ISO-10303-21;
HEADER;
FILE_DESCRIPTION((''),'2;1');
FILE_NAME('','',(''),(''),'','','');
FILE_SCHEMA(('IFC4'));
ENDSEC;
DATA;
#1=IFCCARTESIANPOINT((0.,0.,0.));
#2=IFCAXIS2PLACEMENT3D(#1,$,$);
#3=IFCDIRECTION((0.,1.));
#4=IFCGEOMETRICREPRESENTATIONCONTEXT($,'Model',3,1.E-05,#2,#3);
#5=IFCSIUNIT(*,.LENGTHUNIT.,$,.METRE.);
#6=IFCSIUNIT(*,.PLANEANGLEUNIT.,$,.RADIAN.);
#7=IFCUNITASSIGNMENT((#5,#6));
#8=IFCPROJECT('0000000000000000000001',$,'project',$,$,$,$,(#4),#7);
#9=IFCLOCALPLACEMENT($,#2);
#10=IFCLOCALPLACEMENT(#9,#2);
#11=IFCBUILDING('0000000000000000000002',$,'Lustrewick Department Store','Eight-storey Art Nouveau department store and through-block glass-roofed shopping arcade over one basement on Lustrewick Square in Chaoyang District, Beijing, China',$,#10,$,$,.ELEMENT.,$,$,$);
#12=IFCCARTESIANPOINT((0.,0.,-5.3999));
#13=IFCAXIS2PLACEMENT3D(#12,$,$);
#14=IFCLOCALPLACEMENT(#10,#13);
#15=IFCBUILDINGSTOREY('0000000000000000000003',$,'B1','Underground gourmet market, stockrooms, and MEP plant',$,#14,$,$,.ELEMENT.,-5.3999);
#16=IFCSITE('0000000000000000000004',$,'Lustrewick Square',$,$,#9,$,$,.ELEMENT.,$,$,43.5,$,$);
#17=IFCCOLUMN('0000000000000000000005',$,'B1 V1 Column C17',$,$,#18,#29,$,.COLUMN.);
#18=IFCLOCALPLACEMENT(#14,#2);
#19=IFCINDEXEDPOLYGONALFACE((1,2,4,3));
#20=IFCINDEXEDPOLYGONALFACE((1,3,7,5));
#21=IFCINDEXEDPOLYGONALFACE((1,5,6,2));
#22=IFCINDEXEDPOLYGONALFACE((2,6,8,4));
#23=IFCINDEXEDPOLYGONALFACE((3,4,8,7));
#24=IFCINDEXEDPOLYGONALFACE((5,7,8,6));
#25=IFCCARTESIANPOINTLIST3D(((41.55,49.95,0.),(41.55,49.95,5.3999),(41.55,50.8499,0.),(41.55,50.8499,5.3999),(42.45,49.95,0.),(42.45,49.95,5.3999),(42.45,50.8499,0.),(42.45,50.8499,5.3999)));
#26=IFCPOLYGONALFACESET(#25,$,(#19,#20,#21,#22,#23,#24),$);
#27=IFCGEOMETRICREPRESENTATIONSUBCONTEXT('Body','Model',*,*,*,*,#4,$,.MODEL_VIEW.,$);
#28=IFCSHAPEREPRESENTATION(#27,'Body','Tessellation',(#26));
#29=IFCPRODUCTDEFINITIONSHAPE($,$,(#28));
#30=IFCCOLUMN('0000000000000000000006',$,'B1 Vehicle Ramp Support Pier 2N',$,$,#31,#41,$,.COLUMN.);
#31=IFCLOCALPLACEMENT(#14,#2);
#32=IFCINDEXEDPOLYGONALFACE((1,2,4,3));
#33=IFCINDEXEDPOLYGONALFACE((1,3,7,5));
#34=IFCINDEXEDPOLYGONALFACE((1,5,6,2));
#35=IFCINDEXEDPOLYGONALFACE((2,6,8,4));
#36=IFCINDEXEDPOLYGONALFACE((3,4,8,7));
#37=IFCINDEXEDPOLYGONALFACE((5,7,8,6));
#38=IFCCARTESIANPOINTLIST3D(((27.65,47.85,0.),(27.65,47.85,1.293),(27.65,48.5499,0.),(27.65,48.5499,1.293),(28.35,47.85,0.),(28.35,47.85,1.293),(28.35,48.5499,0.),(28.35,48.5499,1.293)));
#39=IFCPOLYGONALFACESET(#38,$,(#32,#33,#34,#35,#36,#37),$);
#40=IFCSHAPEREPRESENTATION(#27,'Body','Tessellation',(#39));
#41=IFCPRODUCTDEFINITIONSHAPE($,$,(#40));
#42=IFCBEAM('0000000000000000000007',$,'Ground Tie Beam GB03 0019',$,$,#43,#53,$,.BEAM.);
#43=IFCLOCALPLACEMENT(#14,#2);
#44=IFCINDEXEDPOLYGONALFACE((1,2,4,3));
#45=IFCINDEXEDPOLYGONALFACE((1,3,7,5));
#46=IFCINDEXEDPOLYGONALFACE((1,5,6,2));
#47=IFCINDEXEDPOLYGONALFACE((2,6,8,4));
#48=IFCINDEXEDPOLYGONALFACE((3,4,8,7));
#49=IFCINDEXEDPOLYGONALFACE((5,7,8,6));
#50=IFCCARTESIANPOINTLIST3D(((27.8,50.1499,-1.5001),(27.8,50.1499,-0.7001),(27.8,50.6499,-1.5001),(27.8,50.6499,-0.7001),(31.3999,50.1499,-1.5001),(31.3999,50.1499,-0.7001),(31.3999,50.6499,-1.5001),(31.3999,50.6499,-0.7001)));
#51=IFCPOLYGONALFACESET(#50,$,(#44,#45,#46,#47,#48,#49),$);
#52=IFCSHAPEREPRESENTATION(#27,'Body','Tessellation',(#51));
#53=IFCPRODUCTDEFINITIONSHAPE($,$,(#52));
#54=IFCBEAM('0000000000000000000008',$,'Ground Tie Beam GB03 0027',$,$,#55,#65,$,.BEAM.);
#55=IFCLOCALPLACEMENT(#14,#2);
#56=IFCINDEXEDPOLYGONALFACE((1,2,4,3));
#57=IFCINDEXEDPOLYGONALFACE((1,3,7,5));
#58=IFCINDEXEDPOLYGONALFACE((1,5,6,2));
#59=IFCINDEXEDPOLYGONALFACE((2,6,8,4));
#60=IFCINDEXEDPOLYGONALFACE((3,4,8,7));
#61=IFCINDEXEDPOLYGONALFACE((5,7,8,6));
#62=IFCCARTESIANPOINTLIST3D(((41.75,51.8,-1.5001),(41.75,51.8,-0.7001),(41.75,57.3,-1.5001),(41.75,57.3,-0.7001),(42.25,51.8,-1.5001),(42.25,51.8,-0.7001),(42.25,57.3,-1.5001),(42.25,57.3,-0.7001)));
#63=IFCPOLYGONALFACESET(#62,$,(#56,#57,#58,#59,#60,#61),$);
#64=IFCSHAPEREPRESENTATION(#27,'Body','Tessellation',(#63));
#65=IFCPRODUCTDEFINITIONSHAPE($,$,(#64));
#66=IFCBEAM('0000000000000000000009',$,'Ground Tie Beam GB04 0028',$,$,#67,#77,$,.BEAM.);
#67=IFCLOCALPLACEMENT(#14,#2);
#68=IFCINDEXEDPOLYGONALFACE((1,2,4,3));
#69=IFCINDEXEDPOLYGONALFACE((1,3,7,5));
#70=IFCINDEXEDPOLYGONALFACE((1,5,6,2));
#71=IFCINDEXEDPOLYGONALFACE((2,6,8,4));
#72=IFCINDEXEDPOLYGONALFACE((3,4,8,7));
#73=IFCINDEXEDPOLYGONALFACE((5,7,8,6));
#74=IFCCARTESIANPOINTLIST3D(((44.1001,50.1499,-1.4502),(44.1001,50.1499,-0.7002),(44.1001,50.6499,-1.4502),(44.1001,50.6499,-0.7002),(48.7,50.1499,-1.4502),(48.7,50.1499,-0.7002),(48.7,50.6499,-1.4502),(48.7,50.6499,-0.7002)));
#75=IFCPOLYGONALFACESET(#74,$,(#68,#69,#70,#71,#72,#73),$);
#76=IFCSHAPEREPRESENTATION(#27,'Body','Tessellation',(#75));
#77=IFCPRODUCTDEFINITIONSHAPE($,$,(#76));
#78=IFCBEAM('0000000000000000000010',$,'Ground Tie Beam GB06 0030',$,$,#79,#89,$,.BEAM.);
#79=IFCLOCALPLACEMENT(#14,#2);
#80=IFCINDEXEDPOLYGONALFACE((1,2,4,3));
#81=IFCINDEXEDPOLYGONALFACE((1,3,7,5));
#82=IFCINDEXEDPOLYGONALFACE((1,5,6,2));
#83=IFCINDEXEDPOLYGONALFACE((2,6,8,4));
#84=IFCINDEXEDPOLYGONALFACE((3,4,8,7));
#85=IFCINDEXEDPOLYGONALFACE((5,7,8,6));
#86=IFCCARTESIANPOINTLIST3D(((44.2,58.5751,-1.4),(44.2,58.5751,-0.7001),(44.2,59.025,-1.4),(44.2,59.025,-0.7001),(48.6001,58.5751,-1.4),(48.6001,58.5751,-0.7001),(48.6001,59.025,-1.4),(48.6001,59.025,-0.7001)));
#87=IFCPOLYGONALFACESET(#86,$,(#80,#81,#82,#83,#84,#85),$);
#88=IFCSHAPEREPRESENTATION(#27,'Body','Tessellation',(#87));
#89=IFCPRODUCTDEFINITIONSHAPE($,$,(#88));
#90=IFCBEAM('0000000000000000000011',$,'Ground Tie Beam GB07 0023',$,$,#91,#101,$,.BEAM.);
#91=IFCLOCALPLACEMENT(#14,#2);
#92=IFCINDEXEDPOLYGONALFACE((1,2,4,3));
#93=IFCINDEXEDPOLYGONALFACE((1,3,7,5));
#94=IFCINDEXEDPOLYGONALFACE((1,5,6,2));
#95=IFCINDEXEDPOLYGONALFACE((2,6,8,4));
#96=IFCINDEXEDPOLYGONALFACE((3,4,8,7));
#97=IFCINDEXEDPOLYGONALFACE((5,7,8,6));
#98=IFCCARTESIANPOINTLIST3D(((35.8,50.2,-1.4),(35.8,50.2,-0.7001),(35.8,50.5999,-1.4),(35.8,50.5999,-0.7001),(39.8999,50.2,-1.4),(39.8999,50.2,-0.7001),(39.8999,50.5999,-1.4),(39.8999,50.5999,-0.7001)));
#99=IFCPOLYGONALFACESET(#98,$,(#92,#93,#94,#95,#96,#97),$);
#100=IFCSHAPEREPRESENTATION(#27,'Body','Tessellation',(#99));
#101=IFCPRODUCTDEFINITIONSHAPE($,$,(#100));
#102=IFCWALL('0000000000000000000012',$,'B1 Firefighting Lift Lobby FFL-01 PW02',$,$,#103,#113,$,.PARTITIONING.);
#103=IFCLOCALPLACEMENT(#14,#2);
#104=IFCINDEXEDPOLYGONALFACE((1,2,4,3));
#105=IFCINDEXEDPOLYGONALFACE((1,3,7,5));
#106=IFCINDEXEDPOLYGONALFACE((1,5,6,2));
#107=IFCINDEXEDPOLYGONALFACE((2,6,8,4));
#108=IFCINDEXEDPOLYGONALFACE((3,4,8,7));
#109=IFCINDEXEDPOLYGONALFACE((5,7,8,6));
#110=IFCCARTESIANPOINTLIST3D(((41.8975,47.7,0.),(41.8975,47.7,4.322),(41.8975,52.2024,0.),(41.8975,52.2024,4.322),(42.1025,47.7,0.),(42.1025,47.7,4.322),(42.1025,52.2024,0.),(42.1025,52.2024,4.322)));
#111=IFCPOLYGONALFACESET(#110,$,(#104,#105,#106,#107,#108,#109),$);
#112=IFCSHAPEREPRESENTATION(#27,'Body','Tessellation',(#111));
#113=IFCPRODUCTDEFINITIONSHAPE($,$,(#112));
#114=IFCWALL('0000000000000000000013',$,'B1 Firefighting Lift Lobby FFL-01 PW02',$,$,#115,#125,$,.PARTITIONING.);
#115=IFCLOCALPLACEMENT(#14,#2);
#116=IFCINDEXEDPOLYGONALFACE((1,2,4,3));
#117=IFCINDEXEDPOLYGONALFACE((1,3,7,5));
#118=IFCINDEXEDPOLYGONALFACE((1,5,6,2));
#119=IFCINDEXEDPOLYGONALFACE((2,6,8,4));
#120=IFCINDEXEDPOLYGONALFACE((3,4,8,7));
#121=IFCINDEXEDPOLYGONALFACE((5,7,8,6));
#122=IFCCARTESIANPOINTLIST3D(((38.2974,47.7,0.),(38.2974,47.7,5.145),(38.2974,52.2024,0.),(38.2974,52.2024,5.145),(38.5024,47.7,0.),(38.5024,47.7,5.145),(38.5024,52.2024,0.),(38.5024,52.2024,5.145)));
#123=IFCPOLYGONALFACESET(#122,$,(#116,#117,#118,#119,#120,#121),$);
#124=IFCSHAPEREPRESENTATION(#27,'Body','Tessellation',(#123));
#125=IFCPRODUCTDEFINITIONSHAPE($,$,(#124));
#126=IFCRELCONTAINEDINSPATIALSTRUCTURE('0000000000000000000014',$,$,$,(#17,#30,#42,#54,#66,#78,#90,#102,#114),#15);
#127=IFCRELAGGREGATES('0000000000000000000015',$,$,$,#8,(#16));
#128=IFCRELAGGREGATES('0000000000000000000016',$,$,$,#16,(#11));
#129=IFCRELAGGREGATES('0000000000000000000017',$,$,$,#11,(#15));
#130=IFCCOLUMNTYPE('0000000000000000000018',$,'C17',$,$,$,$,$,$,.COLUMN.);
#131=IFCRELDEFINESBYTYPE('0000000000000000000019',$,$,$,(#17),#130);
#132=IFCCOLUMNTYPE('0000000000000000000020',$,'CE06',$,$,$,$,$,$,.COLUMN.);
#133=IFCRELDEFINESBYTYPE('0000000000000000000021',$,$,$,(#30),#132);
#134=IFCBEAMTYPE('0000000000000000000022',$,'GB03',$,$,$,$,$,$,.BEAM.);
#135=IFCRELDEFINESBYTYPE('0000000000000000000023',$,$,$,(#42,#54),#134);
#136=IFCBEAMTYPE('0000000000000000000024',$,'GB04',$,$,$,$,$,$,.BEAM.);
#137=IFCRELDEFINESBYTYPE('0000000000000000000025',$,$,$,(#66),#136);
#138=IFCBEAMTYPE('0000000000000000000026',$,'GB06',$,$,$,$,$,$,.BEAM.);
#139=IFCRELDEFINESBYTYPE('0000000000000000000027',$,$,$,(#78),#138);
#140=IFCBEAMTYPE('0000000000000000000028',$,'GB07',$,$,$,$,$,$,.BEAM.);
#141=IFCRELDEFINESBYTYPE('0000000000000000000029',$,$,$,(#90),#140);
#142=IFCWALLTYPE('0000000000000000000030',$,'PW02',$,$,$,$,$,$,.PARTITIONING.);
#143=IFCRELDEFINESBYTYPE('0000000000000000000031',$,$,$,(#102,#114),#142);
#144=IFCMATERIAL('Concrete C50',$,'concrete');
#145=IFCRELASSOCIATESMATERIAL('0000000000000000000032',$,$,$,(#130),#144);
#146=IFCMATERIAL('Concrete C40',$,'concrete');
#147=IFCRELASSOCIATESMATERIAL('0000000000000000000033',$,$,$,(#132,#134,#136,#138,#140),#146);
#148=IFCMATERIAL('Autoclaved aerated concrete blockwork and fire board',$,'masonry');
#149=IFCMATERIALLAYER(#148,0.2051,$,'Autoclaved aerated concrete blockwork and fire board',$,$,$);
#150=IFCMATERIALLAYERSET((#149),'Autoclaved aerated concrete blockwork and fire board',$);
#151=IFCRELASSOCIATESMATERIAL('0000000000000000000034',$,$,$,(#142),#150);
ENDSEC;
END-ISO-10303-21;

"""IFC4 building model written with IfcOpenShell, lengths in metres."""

from ifc_helpers import new_model, si_unit, direction, frame, frame_2d, origin, origin_2d, place, context, subcontext, project, spatial, rectangle, extrude, material, layer, layer_set, material_profile, profile_set, type_object, element, save


model = new_model("IFC4")

# Units and contexts
model_context = context("Model", 3, precision=1e-05, world=origin(), true_north=direction((0.0, 1.0)))
body_context = subcontext(model_context, "Body", "Model", "MODEL_VIEW")
ifc_project = project(units=[si_unit("LENGTHUNIT", "METRE"), si_unit("PLANEANGLEUNIT", "RADIAN")], contexts=[model_context])

# Site, building, storey
site_placement = place(None, origin())
site = spatial("IfcSite", under=ifc_project, at=site_placement, Name="Lustrewick Square", CompositionType="ELEMENT", RefElevation=43.5)
building_placement = place(site_placement, origin())
building = spatial("IfcBuilding", under=site, at=building_placement, Name="Lustrewick Department Store", Description="Eight-storey Art Nouveau department store and through-block glass-roofed shopping arcade over one basement on Lustrewick Square in Chaoyang District, Beijing, China", CompositionType="ELEMENT")
storey_placement = place(building_placement, frame((0.0, 0.0, -5.3999)))
storey = spatial("IfcBuildingStorey", under=building, at=storey_placement, Name="B1", Description="Underground gourmet market, stockrooms, and MEP plant", CompositionType="ELEMENT", Elevation=-5.3999)

# Shared definitions
ifc_material_1 = material(Name="Concrete C40", Category="concrete")

# Columns
ifc_material_2 = material(Name="Concrete C50", Category="concrete")
ifc_material_profile_1 = material_profile(ifc_material_2, rectangle(XDim=0.8999, YDim=0.8999, at=origin_2d()), Name="RC 900x900")
ifc_profile_set_1 = profile_set([ifc_material_profile_1], Name="Concrete C50")
column_type_1 = type_object("IfcColumnType", Name="C17", PredefinedType="COLUMN", material=ifc_profile_set_1)
for number, where, z_axis, x_axis, name in (
    (1, (42.0, 50.3999, 0.0), (0.0, 0.0, 1.0), (1.0, 0.0, 0.0), "B1 V1 Column C17"),
):
    element("IfcColumn", number, at=place(storey_placement, frame(where, z_axis=z_axis, x_axis=x_axis)), inside=storey, type_object=column_type_1, Name=name, PredefinedType="COLUMN", context=body_context, shape_type="SweptSolid", body=[
        extrude(rectangle(XDim=0.8999, YDim=0.8999, at=origin_2d()), origin(), (0.0, 0.0, 1.0), 5.3999),
    ])
ifc_material_profile_2 = material_profile(ifc_material_1, rectangle(XDim=0.7, YDim=0.7, at=origin_2d()), Name="RC 700x700")
ifc_profile_set_2 = profile_set([ifc_material_profile_2], Name="Concrete C40")
column_type_2 = type_object("IfcColumnType", Name="CE06", PredefinedType="COLUMN", material=ifc_profile_set_2)
column_1_placement = place(storey_placement, frame((28.0, 48.2, 0.0), z_axis=(0.0, 0.0, 1.0), x_axis=(1.0, 0.0, 0.0)))
element("IfcColumn", 2, at=column_1_placement, inside=storey, type_object=column_type_2, Name="B1 Vehicle Ramp Support Pier 2N", PredefinedType="COLUMN", context=body_context, shape_type="SweptSolid", body=[
    extrude(rectangle(XDim=0.7, YDim=0.7, at=origin_2d()), origin(), (0.0, 0.0, 1.0), 1.293),
])

# Beams
ifc_material_profile_3 = material_profile(ifc_material_1, rectangle(XDim=0.5, YDim=0.8, at=origin_2d()), Name="RC 500x800")
ifc_profile_set_3 = profile_set([ifc_material_profile_3], Name="Concrete C40")
beam_type_1 = type_object("IfcBeamType", Name="GB03", PredefinedType="BEAM", material=ifc_profile_set_3)
beam_1_placement = place(storey_placement, frame((27.8, 50.3999, -1.1001), z_axis=(1.0, 0.0, 0.0), x_axis=(0.0, 1.0, 0.0)))
element("IfcBeam", 3, at=beam_1_placement, inside=storey, type_object=beam_type_1, Name="Ground Tie Beam GB03 0019", PredefinedType="BEAM", context=body_context, shape_type="SweptSolid", body=[
    extrude(rectangle(XDim=0.5, YDim=0.8, at=origin_2d()), origin(), (0.0, 0.0, 1.0), 3.5999),
])
beam_2_placement = place(storey_placement, frame((42.0, 51.8, -1.1001), z_axis=(0.0, 1.0, 0.0), x_axis=(-1.0, 0.0, 0.0)))
element("IfcBeam", 4, at=beam_2_placement, inside=storey, type_object=beam_type_1, Name="Ground Tie Beam GB03 0027", PredefinedType="BEAM", context=body_context, shape_type="SweptSolid", body=[
    extrude(rectangle(XDim=0.5, YDim=0.8, at=origin_2d()), origin(), (0.0, 0.0, 1.0), 5.5),
])
ifc_material_profile_4 = material_profile(ifc_material_1, rectangle(XDim=0.5, YDim=0.75, at=origin_2d()), Name="RC 500x750")
ifc_profile_set_4 = profile_set([ifc_material_profile_4], Name="Concrete C40")
beam_type_2 = type_object("IfcBeamType", Name="GB04", PredefinedType="BEAM", material=ifc_profile_set_4)
beam_3_placement = place(storey_placement, frame((44.1001, 50.3999, -1.0752), z_axis=(1.0, 0.0, 0.0), x_axis=(0.0, 1.0, 0.0)))
element("IfcBeam", 5, at=beam_3_placement, inside=storey, type_object=beam_type_2, Name="Ground Tie Beam GB04 0028", PredefinedType="BEAM", context=body_context, shape_type="SweptSolid", body=[
    extrude(rectangle(XDim=0.5, YDim=0.75, at=origin_2d()), origin(), (0.0, 0.0, 1.0), 4.5999),
])
ifc_material_profile_5 = material_profile(ifc_material_1, rectangle(XDim=0.45, YDim=0.7, at=origin_2d()), Name="RC 450x700")
ifc_profile_set_5 = profile_set([ifc_material_profile_5], Name="Concrete C40")
beam_type_3 = type_object("IfcBeamType", Name="GB06", PredefinedType="BEAM", material=ifc_profile_set_5)
beam_4_placement = place(storey_placement, frame((44.2, 58.8, -1.05), z_axis=(1.0, 0.0, 0.0), x_axis=(0.0, 1.0, 0.0)))
element("IfcBeam", 6, at=beam_4_placement, inside=storey, type_object=beam_type_3, Name="Ground Tie Beam GB06 0030", PredefinedType="BEAM", context=body_context, shape_type="SweptSolid", body=[
    extrude(rectangle(XDim=0.45, YDim=0.7, at=origin_2d()), origin(), (0.0, 0.0, 1.0), 4.4001),
])
ifc_material_profile_6 = material_profile(ifc_material_1, rectangle(XDim=0.3999, YDim=0.7, at=origin_2d()), Name="RC 400x700")
ifc_profile_set_6 = profile_set([ifc_material_profile_6], Name="Concrete C40")
beam_type_4 = type_object("IfcBeamType", Name="GB07", PredefinedType="BEAM", material=ifc_profile_set_6)
beam_5_placement = place(storey_placement, frame((35.8, 50.3999, -1.05), z_axis=(1.0, 0.0, 0.0), x_axis=(0.0, 1.0, 0.0)))
element("IfcBeam", 7, at=beam_5_placement, inside=storey, type_object=beam_type_4, Name="Ground Tie Beam GB07 0023", PredefinedType="BEAM", context=body_context, shape_type="SweptSolid", body=[
    extrude(rectangle(XDim=0.3999, YDim=0.7, at=origin_2d()), origin(), (0.0, 0.0, 1.0), 4.0999),
])

# Shared definitions
ifc_material_3 = material(Name="Autoclaved aerated concrete blockwork and fire board", Category="masonry")
ifc_layer = layer(ifc_material_3, 0.2051, Name="Autoclaved aerated concrete blockwork and fire board")
ifc_layer_set = layer_set([ifc_layer], Name="Autoclaved aerated concrete blockwork and fire board")
wall_type = type_object("IfcWallType", Name="PW02", PredefinedType="PARTITIONING", material=ifc_layer_set)

# Walls
wall_1_placement = place(storey_placement, frame((42.0, 47.7, 0.0), z_axis=(0.0, 0.0, 1.0), x_axis=(0.0, 1.0, 0.0)))
element("IfcWall", 8, at=wall_1_placement, inside=storey, type_object=wall_type, Name="B1 Firefighting Lift Lobby FFL-01 PW02", PredefinedType="PARTITIONING", context=body_context, shape_type="SweptSolid", body=[
    extrude(rectangle(XDim=4.5024, YDim=0.2051, at=frame_2d((2.2512, 0.0))), origin(), (0.0, 0.0, 1.0), 4.322),
])
wall_2_placement = place(storey_placement, frame((38.3999, 52.2024, 0.0), z_axis=(0.0, 0.0, 1.0), x_axis=(0.0, -1.0, 0.0)))
element("IfcWall", 9, at=wall_2_placement, inside=storey, type_object=wall_type, Name="B1 Firefighting Lift Lobby FFL-01 PW02", PredefinedType="PARTITIONING", context=body_context, shape_type="SweptSolid", body=[
    extrude(rectangle(XDim=4.5024, YDim=0.2051, at=frame_2d((2.2512, 0.0))), origin(), (0.0, 0.0, 1.0), 5.145),
])

save(model, "model.ifc")
